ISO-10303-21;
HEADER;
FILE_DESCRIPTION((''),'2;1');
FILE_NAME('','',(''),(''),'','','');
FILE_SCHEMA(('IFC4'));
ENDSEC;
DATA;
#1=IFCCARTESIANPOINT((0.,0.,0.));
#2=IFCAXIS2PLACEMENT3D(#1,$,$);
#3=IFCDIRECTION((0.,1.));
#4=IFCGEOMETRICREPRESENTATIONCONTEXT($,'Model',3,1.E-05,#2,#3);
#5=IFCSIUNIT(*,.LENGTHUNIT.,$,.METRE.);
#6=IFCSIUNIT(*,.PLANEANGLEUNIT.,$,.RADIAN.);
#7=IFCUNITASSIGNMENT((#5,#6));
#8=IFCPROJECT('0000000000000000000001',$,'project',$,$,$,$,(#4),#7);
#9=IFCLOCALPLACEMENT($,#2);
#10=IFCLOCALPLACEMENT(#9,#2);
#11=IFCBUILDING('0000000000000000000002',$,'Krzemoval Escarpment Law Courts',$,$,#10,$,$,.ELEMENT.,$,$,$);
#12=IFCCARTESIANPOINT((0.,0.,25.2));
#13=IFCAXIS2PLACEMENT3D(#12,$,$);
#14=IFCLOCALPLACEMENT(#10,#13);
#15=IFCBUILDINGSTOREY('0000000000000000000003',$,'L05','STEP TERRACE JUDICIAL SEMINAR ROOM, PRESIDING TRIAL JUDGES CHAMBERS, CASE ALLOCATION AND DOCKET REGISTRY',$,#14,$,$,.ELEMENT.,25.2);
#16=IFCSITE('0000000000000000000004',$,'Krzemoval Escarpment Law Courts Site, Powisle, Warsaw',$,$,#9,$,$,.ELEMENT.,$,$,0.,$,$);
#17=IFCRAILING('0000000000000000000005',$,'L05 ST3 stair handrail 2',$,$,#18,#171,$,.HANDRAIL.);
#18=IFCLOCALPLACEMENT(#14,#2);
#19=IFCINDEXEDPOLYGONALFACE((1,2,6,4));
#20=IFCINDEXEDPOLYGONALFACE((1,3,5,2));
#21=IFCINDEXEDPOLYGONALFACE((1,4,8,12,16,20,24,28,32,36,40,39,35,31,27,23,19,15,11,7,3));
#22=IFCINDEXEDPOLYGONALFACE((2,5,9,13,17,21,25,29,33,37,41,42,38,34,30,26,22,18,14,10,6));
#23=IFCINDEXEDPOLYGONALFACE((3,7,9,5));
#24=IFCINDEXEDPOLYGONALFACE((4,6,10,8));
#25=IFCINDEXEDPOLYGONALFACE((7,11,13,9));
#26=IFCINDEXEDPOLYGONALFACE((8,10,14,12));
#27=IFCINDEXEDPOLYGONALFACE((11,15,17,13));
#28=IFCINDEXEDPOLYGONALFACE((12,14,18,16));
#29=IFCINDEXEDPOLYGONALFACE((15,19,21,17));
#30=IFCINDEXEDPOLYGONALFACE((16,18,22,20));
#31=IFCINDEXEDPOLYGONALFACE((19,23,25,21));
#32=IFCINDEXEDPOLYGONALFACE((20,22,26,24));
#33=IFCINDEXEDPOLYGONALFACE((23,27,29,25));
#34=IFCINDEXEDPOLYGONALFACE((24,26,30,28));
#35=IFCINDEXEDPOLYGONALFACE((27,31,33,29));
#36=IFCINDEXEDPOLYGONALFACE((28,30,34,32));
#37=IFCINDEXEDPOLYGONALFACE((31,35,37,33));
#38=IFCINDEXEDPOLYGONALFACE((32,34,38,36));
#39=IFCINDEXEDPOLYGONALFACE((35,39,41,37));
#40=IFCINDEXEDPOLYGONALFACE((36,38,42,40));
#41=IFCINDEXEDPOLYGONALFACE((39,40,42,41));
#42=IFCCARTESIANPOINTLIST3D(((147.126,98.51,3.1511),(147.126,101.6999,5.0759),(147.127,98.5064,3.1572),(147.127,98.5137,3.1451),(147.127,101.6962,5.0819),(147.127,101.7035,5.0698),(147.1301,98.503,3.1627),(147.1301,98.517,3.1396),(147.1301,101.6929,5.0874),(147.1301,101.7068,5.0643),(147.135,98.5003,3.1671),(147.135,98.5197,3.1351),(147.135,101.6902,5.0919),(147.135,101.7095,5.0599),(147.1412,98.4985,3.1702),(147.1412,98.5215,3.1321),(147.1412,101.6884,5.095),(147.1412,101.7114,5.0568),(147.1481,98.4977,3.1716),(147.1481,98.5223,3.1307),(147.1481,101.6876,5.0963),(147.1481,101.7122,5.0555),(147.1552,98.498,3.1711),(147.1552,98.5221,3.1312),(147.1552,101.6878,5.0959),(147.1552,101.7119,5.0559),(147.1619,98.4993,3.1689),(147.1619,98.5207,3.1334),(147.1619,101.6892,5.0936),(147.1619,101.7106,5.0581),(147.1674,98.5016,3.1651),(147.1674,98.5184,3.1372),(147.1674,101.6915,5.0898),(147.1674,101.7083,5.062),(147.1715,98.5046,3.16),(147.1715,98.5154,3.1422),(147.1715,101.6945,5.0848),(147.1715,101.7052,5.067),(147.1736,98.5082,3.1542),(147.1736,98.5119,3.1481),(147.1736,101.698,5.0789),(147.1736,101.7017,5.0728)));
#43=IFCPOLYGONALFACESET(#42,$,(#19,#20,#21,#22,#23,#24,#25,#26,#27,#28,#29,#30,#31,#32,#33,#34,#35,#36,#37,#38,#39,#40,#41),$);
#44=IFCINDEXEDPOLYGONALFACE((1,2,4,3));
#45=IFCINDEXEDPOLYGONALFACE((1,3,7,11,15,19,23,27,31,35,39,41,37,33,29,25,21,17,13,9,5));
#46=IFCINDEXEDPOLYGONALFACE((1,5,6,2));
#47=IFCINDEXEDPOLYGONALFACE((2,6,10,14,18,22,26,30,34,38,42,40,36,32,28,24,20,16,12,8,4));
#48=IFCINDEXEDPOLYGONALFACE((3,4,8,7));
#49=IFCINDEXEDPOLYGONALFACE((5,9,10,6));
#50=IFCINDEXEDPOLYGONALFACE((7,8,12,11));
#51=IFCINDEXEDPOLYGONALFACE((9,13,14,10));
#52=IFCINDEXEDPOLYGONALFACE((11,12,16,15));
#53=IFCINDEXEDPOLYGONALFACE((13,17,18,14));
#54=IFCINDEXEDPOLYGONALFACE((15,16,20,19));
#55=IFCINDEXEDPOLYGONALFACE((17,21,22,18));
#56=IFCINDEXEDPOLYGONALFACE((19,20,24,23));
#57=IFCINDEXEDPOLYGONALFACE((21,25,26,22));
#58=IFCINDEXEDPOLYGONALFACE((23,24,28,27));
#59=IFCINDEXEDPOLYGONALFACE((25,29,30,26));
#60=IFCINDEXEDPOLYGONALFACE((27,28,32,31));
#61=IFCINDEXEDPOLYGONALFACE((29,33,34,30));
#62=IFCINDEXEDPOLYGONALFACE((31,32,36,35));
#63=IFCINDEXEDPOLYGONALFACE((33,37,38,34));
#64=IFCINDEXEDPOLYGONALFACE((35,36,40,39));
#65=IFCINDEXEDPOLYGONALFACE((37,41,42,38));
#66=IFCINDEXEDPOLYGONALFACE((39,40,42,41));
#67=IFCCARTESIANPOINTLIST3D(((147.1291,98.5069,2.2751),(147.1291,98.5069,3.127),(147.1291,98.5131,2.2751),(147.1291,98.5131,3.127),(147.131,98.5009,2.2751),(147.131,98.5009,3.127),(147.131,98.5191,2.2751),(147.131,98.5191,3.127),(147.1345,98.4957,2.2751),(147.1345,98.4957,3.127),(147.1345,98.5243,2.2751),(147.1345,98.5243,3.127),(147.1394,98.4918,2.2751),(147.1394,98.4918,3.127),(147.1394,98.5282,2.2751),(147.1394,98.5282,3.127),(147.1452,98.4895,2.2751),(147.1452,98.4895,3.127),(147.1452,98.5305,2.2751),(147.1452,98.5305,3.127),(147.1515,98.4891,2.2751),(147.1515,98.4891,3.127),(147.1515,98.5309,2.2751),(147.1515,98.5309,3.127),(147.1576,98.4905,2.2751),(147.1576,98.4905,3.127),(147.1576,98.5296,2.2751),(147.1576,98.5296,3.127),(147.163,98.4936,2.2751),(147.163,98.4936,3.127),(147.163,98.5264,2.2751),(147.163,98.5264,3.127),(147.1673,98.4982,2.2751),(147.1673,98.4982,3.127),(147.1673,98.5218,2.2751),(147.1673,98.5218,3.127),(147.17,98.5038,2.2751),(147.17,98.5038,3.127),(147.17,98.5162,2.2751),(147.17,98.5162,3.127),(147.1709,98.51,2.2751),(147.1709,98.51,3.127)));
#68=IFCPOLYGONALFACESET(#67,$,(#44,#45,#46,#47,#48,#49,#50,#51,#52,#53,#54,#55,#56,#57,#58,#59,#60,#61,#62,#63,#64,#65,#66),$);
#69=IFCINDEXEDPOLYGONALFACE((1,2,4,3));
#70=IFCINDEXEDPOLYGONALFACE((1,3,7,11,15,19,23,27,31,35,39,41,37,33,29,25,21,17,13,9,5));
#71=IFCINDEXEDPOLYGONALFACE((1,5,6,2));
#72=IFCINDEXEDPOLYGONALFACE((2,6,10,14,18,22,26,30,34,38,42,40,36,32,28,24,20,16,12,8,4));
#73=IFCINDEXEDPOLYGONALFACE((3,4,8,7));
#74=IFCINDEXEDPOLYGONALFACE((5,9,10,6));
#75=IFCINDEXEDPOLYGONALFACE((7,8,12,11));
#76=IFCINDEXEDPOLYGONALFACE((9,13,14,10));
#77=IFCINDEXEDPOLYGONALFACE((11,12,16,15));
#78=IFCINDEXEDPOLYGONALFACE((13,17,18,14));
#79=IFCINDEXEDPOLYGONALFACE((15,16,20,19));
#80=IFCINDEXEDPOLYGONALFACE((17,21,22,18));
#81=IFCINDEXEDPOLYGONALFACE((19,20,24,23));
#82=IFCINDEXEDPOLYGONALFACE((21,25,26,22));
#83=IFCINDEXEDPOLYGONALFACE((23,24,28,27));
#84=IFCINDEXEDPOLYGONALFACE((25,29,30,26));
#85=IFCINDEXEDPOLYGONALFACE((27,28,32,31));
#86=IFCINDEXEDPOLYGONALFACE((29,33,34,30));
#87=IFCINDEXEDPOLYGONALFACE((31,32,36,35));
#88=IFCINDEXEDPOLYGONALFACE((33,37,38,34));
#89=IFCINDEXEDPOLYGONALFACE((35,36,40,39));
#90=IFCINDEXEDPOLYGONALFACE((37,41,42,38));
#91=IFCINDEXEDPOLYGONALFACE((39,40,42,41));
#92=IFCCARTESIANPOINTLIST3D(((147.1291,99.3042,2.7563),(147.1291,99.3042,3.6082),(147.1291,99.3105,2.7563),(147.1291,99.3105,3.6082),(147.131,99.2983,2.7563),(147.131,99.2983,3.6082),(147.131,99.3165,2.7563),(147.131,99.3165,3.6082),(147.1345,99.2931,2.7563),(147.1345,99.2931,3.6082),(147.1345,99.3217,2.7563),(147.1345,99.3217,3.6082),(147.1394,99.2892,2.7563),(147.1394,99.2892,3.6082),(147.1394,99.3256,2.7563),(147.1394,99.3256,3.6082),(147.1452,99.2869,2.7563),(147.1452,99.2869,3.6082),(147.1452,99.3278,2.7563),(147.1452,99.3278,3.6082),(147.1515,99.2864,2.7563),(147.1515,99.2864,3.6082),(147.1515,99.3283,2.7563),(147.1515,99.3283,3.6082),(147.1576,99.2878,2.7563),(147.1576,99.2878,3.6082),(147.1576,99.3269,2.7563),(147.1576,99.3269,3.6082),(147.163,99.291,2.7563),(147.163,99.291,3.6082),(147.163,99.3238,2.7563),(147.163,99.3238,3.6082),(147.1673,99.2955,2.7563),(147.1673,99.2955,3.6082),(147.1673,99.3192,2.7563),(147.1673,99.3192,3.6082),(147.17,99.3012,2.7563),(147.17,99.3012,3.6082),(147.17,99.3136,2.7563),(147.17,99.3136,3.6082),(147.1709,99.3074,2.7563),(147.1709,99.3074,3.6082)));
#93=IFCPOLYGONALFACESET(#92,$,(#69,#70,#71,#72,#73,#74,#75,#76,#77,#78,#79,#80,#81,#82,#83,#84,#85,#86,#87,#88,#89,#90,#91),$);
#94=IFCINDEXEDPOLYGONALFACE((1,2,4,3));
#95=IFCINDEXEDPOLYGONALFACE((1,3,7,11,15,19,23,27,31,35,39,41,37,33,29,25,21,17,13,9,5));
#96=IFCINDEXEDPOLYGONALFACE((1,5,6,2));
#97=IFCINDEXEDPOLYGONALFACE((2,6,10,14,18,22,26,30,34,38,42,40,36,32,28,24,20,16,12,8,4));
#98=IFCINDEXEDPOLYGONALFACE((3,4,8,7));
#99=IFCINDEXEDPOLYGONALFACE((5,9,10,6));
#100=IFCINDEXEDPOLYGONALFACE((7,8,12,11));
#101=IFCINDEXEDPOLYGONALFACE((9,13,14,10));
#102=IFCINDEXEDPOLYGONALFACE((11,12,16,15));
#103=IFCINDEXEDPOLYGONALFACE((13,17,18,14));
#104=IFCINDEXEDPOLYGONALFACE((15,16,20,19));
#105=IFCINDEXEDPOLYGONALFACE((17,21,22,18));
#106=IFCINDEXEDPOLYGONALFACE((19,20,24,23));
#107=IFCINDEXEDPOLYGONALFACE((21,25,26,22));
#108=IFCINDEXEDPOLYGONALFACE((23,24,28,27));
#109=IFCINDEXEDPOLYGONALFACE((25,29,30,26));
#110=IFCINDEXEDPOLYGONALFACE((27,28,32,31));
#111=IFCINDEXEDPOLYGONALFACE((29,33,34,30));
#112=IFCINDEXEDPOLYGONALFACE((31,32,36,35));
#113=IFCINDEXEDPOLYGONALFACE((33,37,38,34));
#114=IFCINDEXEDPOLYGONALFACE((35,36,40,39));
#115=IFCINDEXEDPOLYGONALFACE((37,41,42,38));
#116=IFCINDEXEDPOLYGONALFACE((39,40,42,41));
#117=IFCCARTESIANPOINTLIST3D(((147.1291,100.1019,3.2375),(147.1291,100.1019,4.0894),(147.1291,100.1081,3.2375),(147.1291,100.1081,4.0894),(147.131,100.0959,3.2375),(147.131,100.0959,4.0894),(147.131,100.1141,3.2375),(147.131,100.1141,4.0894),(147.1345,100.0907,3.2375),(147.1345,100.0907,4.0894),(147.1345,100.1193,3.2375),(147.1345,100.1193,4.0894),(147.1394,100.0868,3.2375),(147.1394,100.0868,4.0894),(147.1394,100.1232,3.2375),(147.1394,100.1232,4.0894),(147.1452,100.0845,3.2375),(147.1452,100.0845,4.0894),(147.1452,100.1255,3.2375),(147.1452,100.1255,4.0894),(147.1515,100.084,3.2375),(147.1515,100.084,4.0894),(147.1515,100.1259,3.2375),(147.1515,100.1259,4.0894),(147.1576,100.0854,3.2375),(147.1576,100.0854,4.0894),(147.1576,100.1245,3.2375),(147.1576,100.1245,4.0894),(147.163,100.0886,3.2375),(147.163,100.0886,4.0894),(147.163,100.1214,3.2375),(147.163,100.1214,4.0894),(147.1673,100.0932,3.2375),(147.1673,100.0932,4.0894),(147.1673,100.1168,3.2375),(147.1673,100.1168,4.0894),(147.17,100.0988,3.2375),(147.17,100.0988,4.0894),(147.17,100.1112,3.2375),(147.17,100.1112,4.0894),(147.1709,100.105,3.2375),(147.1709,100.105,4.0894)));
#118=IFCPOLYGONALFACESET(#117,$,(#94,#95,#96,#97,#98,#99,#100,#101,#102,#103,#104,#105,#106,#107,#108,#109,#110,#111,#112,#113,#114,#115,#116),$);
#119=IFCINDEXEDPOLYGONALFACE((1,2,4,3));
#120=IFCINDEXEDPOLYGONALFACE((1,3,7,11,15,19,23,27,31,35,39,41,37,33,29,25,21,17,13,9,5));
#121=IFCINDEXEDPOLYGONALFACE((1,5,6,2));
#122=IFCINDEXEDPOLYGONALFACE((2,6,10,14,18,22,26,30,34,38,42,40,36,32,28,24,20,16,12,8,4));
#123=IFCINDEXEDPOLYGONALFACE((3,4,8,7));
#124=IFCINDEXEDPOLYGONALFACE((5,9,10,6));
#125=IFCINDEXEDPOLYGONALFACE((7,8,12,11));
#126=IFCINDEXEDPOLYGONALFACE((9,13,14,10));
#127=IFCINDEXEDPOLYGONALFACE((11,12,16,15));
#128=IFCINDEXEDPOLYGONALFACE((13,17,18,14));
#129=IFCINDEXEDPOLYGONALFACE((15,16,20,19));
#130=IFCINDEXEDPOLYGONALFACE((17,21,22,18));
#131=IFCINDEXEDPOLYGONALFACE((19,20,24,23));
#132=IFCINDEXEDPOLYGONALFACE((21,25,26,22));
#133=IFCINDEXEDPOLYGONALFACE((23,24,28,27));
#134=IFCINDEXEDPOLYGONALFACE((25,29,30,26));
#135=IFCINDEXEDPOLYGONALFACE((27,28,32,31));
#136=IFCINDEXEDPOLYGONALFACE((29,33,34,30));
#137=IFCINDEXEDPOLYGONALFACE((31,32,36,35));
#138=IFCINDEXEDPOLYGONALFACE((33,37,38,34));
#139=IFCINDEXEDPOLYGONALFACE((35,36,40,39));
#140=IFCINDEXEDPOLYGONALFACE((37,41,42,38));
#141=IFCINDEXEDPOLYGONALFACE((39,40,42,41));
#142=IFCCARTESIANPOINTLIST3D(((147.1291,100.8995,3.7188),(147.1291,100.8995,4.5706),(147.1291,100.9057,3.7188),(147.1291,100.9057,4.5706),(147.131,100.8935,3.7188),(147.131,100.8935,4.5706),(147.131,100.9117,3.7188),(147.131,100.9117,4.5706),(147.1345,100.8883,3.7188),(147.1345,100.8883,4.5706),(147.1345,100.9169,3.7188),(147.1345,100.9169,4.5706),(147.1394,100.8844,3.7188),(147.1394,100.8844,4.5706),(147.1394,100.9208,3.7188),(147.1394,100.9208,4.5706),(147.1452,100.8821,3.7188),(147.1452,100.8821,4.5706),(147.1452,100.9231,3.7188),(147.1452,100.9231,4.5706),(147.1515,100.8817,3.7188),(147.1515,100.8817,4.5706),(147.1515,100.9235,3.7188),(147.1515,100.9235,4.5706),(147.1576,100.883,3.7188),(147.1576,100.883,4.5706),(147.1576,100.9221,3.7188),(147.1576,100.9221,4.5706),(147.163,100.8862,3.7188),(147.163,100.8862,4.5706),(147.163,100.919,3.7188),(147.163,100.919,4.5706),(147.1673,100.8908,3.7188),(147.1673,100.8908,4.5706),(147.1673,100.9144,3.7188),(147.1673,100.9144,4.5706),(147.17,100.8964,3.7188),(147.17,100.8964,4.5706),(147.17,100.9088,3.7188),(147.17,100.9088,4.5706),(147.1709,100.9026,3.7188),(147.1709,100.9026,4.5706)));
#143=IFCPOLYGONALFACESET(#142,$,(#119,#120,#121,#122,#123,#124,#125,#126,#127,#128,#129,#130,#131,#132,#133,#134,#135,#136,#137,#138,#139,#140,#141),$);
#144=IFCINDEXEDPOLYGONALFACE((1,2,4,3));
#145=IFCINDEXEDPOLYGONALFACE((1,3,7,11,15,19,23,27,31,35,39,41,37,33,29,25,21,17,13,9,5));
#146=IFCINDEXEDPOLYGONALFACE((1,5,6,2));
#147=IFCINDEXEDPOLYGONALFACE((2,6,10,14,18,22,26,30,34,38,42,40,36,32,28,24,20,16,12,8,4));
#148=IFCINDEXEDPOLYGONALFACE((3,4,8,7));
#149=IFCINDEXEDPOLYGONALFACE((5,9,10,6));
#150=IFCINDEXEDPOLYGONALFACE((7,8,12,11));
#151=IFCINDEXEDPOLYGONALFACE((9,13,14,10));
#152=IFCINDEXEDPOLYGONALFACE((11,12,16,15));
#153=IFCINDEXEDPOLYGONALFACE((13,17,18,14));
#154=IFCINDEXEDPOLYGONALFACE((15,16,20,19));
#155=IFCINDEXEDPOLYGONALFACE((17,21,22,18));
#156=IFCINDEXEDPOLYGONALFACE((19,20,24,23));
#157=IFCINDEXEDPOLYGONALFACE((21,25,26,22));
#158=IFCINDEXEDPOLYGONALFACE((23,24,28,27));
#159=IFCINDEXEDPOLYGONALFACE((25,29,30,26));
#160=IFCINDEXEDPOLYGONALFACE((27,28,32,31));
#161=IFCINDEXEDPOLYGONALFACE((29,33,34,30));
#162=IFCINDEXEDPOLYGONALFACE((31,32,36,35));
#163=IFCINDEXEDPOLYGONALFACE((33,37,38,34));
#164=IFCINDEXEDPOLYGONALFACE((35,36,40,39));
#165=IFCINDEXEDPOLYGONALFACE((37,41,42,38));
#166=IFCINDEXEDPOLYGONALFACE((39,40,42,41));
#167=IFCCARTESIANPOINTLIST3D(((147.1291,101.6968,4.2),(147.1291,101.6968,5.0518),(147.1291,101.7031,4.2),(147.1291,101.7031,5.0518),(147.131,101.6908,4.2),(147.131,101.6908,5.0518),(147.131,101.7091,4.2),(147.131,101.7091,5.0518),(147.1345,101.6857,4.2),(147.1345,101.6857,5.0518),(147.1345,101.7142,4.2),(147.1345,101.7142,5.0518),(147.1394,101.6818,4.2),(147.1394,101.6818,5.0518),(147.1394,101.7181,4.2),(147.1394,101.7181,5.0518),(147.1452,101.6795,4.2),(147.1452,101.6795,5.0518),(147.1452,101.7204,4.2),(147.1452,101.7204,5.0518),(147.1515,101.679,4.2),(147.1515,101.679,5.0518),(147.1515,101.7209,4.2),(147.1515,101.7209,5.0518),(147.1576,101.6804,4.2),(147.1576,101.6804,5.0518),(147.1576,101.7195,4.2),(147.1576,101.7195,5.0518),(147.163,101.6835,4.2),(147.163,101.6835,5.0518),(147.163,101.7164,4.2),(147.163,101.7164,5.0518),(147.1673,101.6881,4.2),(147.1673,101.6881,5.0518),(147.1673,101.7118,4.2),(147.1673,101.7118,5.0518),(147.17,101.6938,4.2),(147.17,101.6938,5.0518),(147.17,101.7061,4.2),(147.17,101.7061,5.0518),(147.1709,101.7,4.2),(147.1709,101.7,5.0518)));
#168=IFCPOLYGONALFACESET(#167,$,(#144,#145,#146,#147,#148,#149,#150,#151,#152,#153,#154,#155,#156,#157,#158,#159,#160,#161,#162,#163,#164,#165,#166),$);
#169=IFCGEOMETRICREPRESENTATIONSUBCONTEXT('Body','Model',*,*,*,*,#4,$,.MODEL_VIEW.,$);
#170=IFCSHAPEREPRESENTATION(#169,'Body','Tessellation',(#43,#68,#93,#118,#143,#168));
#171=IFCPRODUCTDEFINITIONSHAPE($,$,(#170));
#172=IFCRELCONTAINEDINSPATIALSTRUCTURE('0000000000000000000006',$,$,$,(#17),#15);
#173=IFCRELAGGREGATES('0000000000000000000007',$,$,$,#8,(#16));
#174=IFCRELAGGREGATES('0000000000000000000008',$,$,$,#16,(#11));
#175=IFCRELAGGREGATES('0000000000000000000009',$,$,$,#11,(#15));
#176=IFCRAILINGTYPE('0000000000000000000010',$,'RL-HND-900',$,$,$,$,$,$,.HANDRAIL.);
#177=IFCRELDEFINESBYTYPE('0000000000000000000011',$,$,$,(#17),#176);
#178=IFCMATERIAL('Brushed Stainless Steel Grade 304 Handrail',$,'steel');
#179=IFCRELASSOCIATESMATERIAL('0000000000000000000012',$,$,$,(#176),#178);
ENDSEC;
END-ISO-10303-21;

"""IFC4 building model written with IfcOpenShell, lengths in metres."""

from ifc_helpers import new_model, si_unit, direction, frame, origin, origin_2d, place, context, subcontext, project, spatial, circle, extrude, material, type_object, element, save


model = new_model("IFC4")

# Units and contexts
model_context = context("Model", 3, precision=1e-05, world=origin(), true_north=direction((0.0, 1.0)))
body_context = subcontext(model_context, "Body", "Model", "MODEL_VIEW")
ifc_project = project(units=[si_unit("LENGTHUNIT", "METRE"), si_unit("PLANEANGLEUNIT", "RADIAN")], contexts=[model_context])

# Site, building, storey
site_placement = place(None, origin())
site = spatial("IfcSite", under=ifc_project, at=site_placement, Name="Krzemoval Escarpment Law Courts Site, Powisle, Warsaw", CompositionType="ELEMENT", RefElevation=0.0)
building_placement = place(site_placement, origin())
building = spatial("IfcBuilding", under=site, at=building_placement, Name="Krzemoval Escarpment Law Courts", CompositionType="ELEMENT")
storey_placement = place(building_placement, frame((0.0, 0.0, 25.2)))
storey = spatial("IfcBuildingStorey", under=building, at=storey_placement, Name="L05", Description="STEP TERRACE JUDICIAL SEMINAR ROOM, PRESIDING TRIAL JUDGES CHAMBERS, CASE ALLOCATION AND DOCKET REGISTRY", CompositionType="ELEMENT", Elevation=25.2)

# Railing
ifc_material_1 = material(Name="Brushed Stainless Steel Grade 304 Handrail", Category="steel")
railing_type = type_object("IfcRailingType", Name="RL-HND-900", PredefinedType="HANDRAIL", material=ifc_material_1)
railing_placement = place(storey_placement, frame((147.1499, 98.51, 2.2751)))
element("IfcRailing", 1, at=railing_placement, inside=storey, type_object=railing_type, Name="L05 ST3 stair handrail 2", PredefinedType="HANDRAIL", context=body_context, shape_type="SweptSolid", body=[
    extrude(circle(Radius=0.0239, at=origin_2d()), frame((0.0, 0.0, 0.876), z_axis=(0.0, 0.856207, 0.516633), x_axis=(-1.0, 0.0, 0.0)), (0.0, 0.0, 1.0), 3.7256),
    extrude(circle(Radius=0.021, at=origin_2d()), origin(), (0.0, 0.0, 1.0), 0.8518),
    extrude(circle(Radius=0.021, at=origin_2d()), frame((0.0, 0.7974, 0.4812)), (0.0, 0.0, 1.0), 0.8518),
    extrude(circle(Radius=0.021, at=origin_2d()), frame((0.0, 1.595, 0.9624)), (0.0, 0.0, 1.0), 0.8518),
    extrude(circle(Radius=0.021, at=origin_2d()), frame((0.0, 2.3926, 1.4436)), (0.0, 0.0, 1.0), 0.8518),
    extrude(circle(Radius=0.021, at=origin_2d()), frame((0.0, 3.1899, 1.9248)), (0.0, 0.0, 1.0), 0.8518),
])

save(model, "model.ifc")
